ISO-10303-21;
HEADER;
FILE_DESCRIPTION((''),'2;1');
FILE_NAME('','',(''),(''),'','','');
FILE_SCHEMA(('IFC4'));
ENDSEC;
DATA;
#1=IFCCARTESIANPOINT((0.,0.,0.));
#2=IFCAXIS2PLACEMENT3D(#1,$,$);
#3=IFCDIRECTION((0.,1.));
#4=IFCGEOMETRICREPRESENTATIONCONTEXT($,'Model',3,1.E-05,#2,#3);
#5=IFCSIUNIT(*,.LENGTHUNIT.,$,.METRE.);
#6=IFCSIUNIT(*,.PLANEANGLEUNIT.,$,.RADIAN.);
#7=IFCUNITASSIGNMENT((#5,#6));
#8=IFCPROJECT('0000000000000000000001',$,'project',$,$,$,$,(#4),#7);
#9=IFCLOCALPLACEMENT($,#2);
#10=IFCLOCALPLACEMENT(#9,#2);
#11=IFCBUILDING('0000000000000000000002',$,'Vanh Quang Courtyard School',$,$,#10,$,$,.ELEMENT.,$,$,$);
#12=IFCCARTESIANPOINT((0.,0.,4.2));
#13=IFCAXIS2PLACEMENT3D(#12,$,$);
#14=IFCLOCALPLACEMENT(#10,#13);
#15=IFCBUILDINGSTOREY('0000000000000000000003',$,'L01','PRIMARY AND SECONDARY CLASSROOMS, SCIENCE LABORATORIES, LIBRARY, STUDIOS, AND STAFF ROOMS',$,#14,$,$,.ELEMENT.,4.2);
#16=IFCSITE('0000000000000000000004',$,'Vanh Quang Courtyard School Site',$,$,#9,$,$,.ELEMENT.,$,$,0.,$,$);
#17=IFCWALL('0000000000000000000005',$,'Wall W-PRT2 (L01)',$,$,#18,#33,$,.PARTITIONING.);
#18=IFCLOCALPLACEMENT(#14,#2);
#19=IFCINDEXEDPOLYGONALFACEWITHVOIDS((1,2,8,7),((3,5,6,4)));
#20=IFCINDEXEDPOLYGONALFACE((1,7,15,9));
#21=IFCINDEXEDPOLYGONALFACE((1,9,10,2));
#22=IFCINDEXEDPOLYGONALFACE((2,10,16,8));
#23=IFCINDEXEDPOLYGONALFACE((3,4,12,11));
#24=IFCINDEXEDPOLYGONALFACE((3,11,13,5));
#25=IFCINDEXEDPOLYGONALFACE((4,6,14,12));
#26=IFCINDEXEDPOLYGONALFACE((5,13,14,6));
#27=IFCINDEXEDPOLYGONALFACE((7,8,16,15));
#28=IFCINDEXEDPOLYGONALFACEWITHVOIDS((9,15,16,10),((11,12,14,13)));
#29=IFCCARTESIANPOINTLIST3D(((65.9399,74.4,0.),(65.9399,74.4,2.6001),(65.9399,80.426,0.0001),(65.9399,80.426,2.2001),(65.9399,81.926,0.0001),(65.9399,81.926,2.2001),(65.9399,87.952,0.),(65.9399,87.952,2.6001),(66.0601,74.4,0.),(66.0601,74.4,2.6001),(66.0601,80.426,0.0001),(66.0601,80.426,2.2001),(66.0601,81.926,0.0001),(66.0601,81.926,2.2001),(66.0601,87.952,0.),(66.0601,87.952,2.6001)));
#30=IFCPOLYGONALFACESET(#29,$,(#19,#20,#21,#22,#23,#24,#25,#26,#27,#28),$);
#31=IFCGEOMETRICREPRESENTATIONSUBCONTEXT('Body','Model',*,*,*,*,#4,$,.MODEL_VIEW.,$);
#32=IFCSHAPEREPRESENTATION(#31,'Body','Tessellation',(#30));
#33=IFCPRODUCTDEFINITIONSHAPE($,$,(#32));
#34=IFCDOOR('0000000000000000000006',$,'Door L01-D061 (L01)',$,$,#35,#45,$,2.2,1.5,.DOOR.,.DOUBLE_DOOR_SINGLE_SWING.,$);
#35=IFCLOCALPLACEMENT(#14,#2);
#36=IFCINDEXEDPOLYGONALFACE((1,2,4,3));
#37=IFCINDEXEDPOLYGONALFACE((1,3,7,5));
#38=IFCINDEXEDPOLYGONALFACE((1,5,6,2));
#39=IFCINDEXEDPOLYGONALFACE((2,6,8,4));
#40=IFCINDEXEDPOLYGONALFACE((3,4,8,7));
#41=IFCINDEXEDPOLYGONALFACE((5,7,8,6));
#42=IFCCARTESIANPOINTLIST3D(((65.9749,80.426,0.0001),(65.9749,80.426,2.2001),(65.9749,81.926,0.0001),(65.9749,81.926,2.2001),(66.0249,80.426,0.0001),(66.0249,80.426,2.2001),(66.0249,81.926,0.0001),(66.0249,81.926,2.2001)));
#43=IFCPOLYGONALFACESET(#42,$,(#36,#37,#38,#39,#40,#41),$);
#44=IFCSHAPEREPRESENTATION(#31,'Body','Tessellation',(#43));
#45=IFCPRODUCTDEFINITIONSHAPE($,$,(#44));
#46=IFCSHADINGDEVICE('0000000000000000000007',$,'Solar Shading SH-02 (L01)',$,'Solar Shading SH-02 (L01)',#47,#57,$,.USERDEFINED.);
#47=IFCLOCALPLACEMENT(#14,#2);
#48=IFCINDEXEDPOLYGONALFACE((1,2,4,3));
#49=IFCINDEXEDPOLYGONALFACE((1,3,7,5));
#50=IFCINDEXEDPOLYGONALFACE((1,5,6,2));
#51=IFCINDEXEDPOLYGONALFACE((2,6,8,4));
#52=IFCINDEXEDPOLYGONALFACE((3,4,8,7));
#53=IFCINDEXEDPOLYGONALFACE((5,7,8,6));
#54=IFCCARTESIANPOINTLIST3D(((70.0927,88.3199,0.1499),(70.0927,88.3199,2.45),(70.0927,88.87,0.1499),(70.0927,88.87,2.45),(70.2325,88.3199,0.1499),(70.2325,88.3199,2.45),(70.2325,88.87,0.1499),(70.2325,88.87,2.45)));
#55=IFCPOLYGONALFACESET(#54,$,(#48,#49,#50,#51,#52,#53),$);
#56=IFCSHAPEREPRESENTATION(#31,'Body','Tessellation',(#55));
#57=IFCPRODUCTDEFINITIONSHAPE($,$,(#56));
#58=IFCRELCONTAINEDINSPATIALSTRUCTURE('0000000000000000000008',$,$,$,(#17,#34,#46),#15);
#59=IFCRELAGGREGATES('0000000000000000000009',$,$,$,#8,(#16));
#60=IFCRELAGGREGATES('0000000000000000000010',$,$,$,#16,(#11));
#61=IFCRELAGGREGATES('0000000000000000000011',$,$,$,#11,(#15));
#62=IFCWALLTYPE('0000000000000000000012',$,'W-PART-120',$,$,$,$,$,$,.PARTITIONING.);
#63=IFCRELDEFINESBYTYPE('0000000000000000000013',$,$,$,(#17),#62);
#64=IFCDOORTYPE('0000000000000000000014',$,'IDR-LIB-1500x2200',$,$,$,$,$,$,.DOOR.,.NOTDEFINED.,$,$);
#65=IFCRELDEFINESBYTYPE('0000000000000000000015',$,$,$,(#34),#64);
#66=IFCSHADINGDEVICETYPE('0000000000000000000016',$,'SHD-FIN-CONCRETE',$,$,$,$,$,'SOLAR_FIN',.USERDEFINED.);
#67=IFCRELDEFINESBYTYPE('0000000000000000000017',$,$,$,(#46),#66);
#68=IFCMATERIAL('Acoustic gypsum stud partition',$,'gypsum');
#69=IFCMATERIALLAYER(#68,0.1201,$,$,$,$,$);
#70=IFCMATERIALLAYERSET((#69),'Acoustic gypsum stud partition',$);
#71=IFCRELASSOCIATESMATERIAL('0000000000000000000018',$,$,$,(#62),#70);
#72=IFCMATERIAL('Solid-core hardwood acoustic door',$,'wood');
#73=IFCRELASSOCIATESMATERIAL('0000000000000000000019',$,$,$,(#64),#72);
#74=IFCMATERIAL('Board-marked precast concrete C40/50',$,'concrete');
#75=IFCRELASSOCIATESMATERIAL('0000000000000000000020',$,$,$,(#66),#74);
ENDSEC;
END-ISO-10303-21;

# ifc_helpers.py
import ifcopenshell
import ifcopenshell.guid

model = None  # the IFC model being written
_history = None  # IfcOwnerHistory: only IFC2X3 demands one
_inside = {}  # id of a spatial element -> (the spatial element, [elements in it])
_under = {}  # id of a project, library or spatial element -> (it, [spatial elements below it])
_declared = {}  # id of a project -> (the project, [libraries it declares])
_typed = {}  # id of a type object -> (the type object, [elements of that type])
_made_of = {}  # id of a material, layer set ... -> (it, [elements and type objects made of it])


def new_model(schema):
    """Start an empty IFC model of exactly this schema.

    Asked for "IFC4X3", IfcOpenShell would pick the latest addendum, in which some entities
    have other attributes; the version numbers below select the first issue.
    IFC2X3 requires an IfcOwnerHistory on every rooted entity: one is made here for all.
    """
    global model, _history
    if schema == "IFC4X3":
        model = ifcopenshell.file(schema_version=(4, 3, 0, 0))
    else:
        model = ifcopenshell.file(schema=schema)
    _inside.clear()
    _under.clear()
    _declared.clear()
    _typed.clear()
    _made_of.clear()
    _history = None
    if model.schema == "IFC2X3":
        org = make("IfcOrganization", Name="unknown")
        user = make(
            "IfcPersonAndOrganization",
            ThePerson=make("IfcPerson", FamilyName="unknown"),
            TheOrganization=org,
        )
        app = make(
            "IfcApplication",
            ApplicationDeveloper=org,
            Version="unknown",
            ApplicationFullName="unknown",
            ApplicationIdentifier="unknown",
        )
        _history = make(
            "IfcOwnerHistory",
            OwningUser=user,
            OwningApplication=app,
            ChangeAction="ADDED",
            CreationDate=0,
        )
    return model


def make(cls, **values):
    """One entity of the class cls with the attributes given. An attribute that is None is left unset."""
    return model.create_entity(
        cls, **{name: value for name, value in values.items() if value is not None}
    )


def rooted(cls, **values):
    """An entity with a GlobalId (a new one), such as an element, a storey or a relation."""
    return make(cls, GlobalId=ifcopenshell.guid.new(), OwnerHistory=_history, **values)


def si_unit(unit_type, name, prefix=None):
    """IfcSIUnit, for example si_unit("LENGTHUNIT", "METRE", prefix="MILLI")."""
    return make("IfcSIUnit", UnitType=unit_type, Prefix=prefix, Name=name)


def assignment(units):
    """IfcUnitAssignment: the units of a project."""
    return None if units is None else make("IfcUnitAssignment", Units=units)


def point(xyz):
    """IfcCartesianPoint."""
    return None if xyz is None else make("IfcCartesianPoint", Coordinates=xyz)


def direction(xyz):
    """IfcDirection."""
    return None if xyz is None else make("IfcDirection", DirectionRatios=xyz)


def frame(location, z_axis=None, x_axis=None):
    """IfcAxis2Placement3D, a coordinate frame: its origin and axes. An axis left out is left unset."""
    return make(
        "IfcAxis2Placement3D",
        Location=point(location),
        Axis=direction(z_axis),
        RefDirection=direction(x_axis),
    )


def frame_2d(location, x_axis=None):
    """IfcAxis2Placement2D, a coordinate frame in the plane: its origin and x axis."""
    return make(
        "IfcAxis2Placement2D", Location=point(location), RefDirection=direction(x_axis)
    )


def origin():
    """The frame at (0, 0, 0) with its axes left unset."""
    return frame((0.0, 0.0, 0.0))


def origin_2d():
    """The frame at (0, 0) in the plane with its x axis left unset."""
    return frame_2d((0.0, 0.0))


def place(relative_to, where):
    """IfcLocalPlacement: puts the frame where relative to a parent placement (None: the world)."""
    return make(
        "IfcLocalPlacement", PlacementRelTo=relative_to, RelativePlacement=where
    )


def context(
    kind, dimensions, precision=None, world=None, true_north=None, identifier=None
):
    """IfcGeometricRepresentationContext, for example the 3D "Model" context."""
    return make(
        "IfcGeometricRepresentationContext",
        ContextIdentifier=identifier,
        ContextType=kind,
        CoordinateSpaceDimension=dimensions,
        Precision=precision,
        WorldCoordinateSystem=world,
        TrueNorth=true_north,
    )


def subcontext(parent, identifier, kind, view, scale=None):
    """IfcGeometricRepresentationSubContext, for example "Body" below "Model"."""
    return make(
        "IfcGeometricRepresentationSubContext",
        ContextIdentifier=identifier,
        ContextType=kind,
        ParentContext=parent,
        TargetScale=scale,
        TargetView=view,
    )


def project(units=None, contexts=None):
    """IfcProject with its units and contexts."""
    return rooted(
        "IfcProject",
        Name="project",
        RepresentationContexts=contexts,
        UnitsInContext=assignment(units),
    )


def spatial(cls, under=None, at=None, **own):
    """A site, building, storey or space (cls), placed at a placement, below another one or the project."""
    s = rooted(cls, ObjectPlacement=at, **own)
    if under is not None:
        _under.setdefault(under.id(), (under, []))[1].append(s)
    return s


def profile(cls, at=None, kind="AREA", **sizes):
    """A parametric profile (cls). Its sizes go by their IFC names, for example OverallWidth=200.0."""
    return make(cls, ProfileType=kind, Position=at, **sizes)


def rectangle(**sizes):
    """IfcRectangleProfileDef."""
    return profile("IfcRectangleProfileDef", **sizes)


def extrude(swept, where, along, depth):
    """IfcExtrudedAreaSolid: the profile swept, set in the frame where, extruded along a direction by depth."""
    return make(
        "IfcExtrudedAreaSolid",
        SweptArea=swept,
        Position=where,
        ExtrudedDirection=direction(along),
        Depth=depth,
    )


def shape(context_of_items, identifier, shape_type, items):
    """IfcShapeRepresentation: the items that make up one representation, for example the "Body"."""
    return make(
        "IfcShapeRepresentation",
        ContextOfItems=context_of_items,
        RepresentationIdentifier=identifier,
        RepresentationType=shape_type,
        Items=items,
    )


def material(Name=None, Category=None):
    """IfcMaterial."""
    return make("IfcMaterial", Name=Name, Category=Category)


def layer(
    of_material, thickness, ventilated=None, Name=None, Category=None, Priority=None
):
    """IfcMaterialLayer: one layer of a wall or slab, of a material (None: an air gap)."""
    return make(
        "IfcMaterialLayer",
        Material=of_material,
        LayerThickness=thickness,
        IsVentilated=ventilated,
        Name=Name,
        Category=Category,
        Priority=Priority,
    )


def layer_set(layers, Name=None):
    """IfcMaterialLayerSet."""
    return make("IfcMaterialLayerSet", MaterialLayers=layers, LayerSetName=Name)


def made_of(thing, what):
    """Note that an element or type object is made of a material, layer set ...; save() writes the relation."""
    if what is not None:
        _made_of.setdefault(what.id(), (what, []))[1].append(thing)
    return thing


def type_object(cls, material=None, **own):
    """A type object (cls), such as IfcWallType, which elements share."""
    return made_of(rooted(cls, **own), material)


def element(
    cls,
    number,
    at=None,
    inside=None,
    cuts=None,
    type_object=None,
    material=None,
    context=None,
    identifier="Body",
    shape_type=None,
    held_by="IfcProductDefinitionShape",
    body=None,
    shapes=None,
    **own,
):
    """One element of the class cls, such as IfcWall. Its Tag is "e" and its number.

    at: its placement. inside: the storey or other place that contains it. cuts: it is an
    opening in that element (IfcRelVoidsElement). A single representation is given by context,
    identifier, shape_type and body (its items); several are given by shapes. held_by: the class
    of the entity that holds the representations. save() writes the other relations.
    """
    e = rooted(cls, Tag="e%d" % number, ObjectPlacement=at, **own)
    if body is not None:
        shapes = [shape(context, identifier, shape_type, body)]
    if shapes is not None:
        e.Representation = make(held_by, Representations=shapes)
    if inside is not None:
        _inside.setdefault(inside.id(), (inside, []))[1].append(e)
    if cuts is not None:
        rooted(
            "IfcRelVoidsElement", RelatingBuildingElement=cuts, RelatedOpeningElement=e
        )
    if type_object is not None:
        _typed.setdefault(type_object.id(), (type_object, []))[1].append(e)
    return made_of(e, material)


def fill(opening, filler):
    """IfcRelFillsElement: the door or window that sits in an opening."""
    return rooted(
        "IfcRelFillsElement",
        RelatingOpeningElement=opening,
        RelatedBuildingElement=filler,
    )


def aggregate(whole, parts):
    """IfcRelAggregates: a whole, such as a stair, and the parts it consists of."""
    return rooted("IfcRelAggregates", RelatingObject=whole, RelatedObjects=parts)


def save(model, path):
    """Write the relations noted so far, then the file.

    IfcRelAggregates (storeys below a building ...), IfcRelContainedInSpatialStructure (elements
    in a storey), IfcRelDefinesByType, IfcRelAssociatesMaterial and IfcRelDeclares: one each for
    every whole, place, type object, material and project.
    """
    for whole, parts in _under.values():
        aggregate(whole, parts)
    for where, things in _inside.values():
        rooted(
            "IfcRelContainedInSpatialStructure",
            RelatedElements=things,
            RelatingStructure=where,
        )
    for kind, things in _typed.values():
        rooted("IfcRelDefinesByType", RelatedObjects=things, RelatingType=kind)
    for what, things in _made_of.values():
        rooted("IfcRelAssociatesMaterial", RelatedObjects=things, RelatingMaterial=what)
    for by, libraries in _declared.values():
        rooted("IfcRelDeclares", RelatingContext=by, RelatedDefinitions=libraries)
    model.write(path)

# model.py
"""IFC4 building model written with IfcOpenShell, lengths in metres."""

from ifc_helpers import new_model, si_unit, direction, frame, frame_2d, origin, origin_2d, place, context, subcontext, project, spatial, rectangle, extrude, material, layer, layer_set, type_object, element, fill, save


model = new_model("IFC4")

# Units and contexts
model_context = context("Model", 3, precision=1e-05, world=origin(), true_north=direction((0.0, 1.0)))
body_context = subcontext(model_context, "Body", "Model", "MODEL_VIEW")
ifc_project = project(units=[si_unit("LENGTHUNIT", "METRE"), si_unit("PLANEANGLEUNIT", "RADIAN")], contexts=[model_context])

# Site, building, storey
site_placement = place(None, origin())
site = spatial("IfcSite", under=ifc_project, at=site_placement, Name="Vanh Quang Courtyard School Site", CompositionType="ELEMENT", RefElevation=0.0)
building_placement = place(site_placement, origin())
building = spatial("IfcBuilding", under=site, at=building_placement, Name="Vanh Quang Courtyard School", CompositionType="ELEMENT")
storey_placement = place(building_placement, frame((0.0, 0.0, 4.2)))
storey = spatial("IfcBuildingStorey", under=building, at=storey_placement, Name="L01", Description="PRIMARY AND SECONDARY CLASSROOMS, SCIENCE LABORATORIES, LIBRARY, STUDIOS, AND STAFF ROOMS", CompositionType="ELEMENT", Elevation=4.2)

# Wall, opening, door
ifc_material_1 = material(Name="Acoustic gypsum stud partition", Category="gypsum")
ifc_layer_1 = layer(ifc_material_1, 0.1201)
ifc_layer_set_1 = layer_set([ifc_layer_1], Name="Acoustic gypsum stud partition")
wall_type_1 = type_object("IfcWallType", Name="W-PART-120", PredefinedType="PARTITIONING", material=ifc_layer_set_1)
wall_1_placement = place(storey_placement, frame((66.0, 87.9519, 0.0), z_axis=(0.0, 0.0, 1.0), x_axis=(0.0, -1.0, 0.0)))
wall_1 = element("IfcWall", 1, at=wall_1_placement, inside=storey, type_object=wall_type_1, Name="Wall W-PRT2 (L01)", PredefinedType="PARTITIONING", context=body_context, shape_type="SweptSolid", body=[
    extrude(rectangle(XDim=13.552, YDim=0.1201, at=frame_2d((6.7759, 0.0))), origin(), (0.0, 0.0, 1.0), 2.6001),
])
opening_placement = place(wall_1_placement, frame((6.0259, 0.0, 0.0)))
opening = element("IfcOpeningElement", 2, at=opening_placement, cuts=wall_1, PredefinedType="OPENING", context=body_context, shape_type="SweptSolid", body=[
    extrude(rectangle(XDim=1.5, YDim=2.2, at=frame_2d((0.75, 1.1001))), frame((0.0, 0.0701, 0.0), z_axis=(0.0, -1.0, 0.0), x_axis=(1.0, 0.0, 0.0)), (0.0, 0.0, 1.0), 0.1401),
])
ifc_material_2 = material(Name="Solid-core hardwood acoustic door", Category="wood")
door_type = type_object("IfcDoorType", Name="IDR-LIB-1500x2200", OperationType="NOTDEFINED", PredefinedType="DOOR", material=ifc_material_2)
door_placement = place(opening_placement, origin())
door = element("IfcDoor", 3, at=door_placement, inside=storey, type_object=door_type, Name="Door L01-D061 (L01)", OperationType="DOUBLE_DOOR_SINGLE_SWING", OverallHeight=2.2, OverallWidth=1.5, PredefinedType="DOOR", context=body_context, shape_type="SweptSolid", body=[
    extrude(rectangle(XDim=1.5, YDim=2.2, at=frame_2d((0.75, 1.1001))), frame((0.0, 0.0249, 0.0), z_axis=(0.0, -1.0, 0.0), x_axis=(1.0, 0.0, 0.0)), (0.0, 0.0, 1.0), 0.05),
])
fill(opening, door)

# Shading device
ifc_material_3 = material(Name="Board-marked precast concrete C40/50", Category="concrete")
shading_device_type = type_object("IfcShadingDeviceType", Name="SHD-FIN-CONCRETE", ElementType="SOLAR_FIN", PredefinedType="USERDEFINED", material=ifc_material_3)
shading_device_placement = place(storey_placement, frame((70.1626, 88.595, 0.1499), z_axis=(0.0, 0.0, 1.0), x_axis=(1.0, 0.0, 0.0)))
element("IfcShadingDevice", 4, at=shading_device_placement, inside=storey, type_object=shading_device_type, Name="Solar Shading SH-02 (L01)", ObjectType="Solar Shading SH-02 (L01)", PredefinedType="USERDEFINED", context=body_context, shape_type="SweptSolid", body=[
    extrude(rectangle(XDim=0.1399, YDim=0.55, at=origin_2d()), origin(), (0.0, 0.0, 1.0), 2.3),
])

save(model, "model.ifc")
